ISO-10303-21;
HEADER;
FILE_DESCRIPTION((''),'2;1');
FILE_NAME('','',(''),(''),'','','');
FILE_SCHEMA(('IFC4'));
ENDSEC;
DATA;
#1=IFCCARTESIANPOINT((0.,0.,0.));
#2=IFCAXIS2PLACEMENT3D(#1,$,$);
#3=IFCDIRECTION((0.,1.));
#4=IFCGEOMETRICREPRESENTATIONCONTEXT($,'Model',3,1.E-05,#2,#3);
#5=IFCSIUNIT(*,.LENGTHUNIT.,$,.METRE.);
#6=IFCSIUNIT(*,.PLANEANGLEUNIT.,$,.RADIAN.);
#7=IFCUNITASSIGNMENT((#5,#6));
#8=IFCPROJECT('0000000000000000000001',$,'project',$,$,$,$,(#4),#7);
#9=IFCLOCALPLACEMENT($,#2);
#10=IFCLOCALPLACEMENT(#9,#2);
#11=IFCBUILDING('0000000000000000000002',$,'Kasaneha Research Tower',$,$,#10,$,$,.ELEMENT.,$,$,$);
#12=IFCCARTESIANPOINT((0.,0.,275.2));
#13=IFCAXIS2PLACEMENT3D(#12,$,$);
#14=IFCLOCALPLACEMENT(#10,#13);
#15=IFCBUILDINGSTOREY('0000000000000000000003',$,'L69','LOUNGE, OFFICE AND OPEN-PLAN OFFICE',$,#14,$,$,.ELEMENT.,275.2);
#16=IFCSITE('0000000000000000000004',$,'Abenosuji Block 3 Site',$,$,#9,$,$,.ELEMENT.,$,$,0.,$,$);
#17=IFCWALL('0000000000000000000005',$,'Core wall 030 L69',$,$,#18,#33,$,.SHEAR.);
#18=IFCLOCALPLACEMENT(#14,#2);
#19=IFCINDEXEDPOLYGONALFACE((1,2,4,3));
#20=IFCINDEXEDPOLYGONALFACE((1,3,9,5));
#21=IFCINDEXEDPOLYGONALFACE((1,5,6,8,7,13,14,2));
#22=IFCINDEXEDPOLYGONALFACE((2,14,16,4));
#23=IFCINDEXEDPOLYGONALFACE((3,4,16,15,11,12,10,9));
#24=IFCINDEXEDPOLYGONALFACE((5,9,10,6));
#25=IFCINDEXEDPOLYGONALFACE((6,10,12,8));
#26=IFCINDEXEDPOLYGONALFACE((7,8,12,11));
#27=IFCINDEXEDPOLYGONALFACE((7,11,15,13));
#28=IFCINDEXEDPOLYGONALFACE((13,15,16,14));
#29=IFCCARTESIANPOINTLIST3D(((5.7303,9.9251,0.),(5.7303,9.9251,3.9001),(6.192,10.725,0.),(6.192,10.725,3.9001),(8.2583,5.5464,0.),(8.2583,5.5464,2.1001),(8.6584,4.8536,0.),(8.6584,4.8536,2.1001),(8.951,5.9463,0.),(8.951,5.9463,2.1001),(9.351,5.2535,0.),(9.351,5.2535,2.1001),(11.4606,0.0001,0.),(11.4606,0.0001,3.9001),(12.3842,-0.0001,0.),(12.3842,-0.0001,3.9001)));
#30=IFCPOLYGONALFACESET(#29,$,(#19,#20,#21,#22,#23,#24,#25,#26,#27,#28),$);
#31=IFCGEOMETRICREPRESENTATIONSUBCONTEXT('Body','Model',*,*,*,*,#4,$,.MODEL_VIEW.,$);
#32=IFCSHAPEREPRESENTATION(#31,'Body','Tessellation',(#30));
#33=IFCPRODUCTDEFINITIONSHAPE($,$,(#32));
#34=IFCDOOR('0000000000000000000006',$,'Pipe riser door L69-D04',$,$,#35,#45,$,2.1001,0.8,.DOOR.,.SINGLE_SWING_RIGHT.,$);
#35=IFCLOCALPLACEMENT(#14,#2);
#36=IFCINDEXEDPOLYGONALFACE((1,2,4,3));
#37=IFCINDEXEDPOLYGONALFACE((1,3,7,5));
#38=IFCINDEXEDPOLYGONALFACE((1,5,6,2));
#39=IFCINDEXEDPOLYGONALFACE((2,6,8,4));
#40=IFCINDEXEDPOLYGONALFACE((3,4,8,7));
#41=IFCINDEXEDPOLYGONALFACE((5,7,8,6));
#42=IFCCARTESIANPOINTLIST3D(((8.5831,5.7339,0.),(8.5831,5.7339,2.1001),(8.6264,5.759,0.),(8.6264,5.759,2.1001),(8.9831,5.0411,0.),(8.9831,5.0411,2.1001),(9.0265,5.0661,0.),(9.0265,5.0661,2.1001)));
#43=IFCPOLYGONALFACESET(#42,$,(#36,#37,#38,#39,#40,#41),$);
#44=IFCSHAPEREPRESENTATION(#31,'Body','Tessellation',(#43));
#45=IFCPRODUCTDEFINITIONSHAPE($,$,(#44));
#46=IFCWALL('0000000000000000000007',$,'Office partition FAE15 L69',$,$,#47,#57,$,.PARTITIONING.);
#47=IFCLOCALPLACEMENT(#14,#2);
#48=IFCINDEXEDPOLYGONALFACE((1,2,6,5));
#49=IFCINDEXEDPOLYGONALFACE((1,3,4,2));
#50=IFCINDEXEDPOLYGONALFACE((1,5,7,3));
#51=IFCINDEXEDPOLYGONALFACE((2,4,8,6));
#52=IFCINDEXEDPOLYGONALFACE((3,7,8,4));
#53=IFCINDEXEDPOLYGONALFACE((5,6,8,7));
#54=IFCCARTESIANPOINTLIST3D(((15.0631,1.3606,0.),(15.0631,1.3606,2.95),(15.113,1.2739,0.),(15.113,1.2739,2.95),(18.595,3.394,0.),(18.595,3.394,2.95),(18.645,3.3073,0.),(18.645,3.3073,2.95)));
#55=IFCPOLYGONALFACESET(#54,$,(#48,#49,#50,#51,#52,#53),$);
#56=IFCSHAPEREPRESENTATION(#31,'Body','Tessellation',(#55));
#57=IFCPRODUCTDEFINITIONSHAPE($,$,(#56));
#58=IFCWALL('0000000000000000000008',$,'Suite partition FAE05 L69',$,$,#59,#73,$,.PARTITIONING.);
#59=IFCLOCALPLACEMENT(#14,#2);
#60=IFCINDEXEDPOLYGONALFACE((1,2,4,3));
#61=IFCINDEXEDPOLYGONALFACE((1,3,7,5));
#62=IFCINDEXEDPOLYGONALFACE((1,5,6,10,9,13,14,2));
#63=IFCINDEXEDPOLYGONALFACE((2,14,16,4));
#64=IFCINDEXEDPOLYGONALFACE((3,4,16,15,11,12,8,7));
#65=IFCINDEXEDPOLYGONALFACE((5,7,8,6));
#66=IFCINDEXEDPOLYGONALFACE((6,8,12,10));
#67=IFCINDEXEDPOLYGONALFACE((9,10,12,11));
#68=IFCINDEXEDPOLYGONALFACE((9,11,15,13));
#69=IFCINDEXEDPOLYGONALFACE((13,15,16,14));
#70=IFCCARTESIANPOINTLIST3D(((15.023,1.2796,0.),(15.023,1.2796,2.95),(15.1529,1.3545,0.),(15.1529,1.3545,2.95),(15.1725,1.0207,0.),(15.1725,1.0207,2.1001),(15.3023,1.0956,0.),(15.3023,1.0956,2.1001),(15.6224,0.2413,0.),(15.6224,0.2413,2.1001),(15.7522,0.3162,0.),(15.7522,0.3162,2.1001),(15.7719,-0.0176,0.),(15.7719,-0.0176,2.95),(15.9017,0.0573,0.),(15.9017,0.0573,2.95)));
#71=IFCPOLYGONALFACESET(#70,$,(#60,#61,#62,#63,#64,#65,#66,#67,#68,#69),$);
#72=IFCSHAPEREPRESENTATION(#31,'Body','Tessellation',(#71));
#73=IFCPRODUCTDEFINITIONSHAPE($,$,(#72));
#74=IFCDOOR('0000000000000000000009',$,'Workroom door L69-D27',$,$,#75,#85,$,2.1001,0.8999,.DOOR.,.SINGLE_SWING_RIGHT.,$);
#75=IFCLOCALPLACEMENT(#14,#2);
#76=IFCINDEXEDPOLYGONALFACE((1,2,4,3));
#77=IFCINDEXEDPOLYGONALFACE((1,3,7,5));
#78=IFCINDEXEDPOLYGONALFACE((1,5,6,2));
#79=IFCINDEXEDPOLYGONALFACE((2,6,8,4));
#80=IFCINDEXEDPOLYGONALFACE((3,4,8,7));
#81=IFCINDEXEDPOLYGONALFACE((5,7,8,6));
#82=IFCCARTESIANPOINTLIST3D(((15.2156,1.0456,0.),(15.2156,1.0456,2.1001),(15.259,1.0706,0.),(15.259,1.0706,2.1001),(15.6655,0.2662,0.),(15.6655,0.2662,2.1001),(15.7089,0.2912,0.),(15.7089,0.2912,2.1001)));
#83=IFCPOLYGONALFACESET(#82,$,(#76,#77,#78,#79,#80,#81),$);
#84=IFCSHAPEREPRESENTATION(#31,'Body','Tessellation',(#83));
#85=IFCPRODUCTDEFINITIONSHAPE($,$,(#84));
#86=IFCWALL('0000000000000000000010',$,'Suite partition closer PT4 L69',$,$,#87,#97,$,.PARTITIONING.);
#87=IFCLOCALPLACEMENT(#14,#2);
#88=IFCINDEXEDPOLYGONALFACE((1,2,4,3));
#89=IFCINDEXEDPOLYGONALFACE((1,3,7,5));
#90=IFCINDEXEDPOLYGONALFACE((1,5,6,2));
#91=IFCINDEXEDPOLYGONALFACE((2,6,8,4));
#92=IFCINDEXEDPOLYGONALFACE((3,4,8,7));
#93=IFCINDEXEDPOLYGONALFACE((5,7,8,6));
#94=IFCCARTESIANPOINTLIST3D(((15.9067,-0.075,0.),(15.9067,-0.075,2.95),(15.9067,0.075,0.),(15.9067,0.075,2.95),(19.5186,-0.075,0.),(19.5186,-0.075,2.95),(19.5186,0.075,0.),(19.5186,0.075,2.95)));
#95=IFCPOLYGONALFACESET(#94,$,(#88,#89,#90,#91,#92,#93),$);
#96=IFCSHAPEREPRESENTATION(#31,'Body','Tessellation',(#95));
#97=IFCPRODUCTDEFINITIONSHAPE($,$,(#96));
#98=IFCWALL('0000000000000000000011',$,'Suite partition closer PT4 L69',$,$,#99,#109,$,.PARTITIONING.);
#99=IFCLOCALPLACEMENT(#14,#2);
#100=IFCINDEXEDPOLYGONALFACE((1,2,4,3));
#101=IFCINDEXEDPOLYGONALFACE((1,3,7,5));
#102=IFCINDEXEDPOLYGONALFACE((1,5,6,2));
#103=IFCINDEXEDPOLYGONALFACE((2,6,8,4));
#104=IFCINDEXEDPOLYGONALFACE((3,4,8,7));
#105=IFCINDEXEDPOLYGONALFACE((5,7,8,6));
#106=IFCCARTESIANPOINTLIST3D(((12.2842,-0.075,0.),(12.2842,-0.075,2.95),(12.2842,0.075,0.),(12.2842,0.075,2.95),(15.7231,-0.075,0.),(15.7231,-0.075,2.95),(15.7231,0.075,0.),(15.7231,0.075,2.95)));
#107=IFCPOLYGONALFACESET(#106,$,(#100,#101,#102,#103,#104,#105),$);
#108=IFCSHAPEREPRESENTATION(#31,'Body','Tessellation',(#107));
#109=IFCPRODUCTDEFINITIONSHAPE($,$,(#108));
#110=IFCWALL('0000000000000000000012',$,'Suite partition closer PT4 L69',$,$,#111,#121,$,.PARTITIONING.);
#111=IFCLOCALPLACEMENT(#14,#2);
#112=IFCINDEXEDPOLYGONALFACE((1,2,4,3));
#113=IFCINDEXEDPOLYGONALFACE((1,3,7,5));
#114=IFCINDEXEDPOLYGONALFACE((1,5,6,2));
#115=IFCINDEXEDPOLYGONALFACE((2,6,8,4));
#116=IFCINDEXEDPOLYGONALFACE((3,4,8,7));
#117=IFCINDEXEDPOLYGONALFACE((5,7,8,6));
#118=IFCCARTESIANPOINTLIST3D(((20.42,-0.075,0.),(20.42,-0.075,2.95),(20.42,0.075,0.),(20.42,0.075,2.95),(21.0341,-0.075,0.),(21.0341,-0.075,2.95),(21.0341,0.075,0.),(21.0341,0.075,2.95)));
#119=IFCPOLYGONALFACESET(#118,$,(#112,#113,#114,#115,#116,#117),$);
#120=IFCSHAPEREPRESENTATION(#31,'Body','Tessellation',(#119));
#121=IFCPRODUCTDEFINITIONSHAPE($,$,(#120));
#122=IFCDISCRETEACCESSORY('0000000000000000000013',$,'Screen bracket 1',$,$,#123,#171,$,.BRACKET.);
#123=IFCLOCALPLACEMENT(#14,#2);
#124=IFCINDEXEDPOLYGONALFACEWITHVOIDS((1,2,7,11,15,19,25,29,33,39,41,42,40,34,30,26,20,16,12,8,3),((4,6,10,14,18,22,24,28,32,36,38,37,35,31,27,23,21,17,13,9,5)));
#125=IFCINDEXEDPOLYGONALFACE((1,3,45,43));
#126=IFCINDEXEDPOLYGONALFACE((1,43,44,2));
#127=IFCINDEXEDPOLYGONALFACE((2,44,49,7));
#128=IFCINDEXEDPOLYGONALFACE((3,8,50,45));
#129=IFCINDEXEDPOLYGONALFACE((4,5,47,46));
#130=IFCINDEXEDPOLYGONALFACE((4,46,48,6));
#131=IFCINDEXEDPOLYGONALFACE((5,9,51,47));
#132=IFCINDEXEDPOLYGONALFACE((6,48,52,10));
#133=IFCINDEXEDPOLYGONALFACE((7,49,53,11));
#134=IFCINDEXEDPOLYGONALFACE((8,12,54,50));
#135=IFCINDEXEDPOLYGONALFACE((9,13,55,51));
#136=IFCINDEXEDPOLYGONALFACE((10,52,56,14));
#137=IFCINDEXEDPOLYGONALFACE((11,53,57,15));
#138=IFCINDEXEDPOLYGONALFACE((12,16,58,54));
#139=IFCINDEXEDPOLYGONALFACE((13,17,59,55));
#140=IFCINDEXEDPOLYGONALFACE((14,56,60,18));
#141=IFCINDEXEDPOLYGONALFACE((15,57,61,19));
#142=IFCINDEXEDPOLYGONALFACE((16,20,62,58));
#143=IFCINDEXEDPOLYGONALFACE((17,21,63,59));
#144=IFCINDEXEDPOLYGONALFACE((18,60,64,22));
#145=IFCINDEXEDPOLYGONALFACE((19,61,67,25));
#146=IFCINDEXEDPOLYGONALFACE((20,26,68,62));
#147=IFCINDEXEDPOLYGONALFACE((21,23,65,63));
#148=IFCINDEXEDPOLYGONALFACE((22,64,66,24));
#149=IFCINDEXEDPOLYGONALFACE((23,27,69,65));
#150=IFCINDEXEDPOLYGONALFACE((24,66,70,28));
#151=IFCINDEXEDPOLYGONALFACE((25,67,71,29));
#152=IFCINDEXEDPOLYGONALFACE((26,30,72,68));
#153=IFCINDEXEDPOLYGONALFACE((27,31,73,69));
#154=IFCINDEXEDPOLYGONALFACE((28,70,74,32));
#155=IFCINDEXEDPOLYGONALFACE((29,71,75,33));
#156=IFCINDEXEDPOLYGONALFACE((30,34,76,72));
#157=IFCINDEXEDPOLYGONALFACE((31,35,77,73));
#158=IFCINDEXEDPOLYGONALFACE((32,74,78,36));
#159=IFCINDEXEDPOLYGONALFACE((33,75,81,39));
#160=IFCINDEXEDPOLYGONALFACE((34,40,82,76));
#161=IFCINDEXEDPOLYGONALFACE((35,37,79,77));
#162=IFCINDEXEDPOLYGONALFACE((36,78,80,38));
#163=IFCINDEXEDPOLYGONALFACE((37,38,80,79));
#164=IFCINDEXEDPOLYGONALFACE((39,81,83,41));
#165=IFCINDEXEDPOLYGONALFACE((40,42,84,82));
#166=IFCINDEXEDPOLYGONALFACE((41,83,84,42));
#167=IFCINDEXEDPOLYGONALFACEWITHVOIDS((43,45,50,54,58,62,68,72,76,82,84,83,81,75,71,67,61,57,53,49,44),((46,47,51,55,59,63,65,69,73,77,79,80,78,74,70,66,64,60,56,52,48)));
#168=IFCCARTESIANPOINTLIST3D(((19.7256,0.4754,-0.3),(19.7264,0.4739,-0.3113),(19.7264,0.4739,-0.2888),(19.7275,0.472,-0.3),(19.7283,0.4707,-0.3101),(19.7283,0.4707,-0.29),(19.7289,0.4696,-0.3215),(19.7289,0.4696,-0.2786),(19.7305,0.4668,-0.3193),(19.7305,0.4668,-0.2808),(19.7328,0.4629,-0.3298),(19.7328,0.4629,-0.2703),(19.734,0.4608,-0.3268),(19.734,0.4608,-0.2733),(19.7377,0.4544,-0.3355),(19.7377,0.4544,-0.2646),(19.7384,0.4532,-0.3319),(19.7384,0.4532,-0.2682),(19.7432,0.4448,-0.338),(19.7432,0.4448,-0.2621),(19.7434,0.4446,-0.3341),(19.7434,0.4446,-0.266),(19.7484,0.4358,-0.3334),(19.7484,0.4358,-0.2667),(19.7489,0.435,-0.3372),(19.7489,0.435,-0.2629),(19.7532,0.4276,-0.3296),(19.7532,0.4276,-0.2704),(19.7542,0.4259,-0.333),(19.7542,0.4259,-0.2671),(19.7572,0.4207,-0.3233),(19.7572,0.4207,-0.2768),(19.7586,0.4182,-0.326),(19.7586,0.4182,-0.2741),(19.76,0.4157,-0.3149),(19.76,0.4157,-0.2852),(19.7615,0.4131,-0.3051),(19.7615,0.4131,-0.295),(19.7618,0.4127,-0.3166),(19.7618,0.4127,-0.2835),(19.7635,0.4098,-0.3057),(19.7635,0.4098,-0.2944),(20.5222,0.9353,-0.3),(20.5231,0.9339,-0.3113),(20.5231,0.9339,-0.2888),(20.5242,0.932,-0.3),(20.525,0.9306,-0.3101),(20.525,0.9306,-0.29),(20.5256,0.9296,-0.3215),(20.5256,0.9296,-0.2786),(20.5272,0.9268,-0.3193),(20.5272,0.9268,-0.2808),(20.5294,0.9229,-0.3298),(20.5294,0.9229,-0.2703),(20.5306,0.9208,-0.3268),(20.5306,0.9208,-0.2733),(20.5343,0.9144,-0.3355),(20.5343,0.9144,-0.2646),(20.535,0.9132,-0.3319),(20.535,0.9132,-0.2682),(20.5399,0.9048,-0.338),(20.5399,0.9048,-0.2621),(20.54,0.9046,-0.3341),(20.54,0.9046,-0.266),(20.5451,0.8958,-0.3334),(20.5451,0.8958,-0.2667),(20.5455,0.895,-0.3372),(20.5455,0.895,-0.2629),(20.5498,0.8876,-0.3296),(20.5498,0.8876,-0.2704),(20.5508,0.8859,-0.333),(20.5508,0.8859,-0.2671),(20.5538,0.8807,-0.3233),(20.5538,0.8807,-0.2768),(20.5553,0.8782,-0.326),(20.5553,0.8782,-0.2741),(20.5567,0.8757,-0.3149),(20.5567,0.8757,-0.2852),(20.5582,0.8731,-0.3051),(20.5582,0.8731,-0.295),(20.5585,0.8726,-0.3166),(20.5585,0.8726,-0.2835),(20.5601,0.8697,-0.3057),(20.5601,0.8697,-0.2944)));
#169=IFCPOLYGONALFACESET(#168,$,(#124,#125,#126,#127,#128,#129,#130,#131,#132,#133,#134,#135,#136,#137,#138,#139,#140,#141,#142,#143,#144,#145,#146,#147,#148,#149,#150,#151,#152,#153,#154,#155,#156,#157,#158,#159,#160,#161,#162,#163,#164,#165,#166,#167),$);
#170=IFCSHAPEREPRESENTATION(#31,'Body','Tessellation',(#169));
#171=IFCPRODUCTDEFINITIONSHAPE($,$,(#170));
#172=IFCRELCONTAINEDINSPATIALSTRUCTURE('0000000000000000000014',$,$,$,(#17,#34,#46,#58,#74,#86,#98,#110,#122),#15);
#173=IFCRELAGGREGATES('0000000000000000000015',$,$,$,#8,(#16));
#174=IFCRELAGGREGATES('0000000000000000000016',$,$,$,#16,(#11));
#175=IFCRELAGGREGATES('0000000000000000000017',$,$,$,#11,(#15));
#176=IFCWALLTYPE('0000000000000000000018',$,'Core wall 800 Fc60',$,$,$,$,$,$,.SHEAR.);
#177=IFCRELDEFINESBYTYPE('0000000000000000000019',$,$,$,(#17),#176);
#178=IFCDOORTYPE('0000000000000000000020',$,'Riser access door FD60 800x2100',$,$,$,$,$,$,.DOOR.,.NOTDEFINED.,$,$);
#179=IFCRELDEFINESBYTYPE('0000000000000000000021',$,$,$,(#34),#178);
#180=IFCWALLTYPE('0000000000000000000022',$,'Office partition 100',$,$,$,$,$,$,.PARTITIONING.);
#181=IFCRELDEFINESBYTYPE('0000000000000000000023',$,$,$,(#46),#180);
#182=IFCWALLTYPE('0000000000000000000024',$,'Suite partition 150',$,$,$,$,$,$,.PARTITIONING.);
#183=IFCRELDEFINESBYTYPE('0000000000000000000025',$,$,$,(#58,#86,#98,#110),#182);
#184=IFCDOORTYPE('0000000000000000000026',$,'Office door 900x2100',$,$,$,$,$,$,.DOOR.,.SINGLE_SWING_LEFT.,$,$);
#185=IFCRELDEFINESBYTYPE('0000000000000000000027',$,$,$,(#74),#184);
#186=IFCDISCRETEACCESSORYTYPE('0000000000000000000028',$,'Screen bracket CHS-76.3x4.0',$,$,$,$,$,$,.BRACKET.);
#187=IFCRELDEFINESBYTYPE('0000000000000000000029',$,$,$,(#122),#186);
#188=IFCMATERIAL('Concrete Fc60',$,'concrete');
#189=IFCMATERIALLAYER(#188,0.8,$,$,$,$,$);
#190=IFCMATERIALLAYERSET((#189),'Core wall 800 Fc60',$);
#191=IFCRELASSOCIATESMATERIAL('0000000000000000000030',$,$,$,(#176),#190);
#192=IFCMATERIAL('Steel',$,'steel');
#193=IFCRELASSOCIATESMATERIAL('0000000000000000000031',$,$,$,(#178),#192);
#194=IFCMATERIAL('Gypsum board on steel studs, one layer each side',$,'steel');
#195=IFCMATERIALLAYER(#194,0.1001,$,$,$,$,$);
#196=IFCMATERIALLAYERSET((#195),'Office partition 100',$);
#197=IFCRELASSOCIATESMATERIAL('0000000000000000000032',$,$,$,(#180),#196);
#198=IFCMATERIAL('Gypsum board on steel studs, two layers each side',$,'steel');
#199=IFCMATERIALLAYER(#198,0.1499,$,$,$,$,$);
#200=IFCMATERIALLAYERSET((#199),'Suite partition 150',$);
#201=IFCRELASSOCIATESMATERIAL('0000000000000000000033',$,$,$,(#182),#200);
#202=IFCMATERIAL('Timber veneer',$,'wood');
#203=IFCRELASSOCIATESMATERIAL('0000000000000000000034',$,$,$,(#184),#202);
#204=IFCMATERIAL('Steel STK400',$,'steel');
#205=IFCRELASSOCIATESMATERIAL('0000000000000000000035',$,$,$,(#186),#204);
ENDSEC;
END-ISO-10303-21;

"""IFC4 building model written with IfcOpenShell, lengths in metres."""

from ifc_helpers import new_model, si_unit, direction, frame, frame_2d, origin, origin_2d, place, context, subcontext, project, spatial, polyline, rectangle, hollow_circle, outline, extrude, material, layer, layer_set, material_profile, profile_set, type_object, element, fill, save


model = new_model("IFC4")

# Units and contexts
model_context = context("Model", 3, precision=1e-05, world=origin(), true_north=direction((0.0, 1.0)))
body_context = subcontext(model_context, "Body", "Model", "MODEL_VIEW")
ifc_project = project(units=[si_unit("LENGTHUNIT", "METRE"), si_unit("PLANEANGLEUNIT", "RADIAN")], contexts=[model_context])

# Site, building, storey
site_placement = place(None, origin())
site = spatial("IfcSite", under=ifc_project, at=site_placement, Name="Abenosuji Block 3 Site", CompositionType="ELEMENT", RefElevation=0.0)
building_placement = place(site_placement, origin())
building = spatial("IfcBuilding", under=site, at=building_placement, Name="Kasaneha Research Tower", CompositionType="ELEMENT")
storey_placement = place(building_placement, frame((0.0, 0.0, 275.2)))
storey = spatial("IfcBuildingStorey", under=building, at=storey_placement, Name="L69", Description="LOUNGE, OFFICE AND OPEN-PLAN OFFICE", CompositionType="ELEMENT", Elevation=275.2)

# Wall, opening, door
ifc_material_1 = material(Name="Concrete Fc60", Category="concrete")
ifc_layer_1 = layer(ifc_material_1, 0.8)
ifc_layer_set_1 = layer_set([ifc_layer_1], Name="Core wall 800 Fc60")
wall_type_1 = type_object("IfcWallType", Name="Core wall 800 Fc60", PredefinedType="SHEAR", material=ifc_layer_set_1)
wall_1_placement = place(storey_placement, frame((11.9224, 0.0, 0.0), z_axis=(0.0, 0.0, 1.0), x_axis=(-0.500004, 0.866023, 0.0)))
wall_1 = element("IfcWall", 1, at=wall_1_placement, inside=storey, type_object=wall_type_1, Name="Core wall 030 L69", PredefinedType="SHEAR", context=body_context, shape_type="SweptSolid", body=[
    extrude(outline(polyline([(-0.231, -0.3999), (5.8354, -0.3999), (6.6355, -0.3999), (12.1533, -0.3999), (11.6914, 0.3999), (6.6355, 0.3999), (5.8354, 0.3999), (0.231, 0.3999), (-0.231, -0.3999)])), origin(), (0.0, 0.0, 1.0), 3.9001),
])
opening_1_placement = place(wall_1_placement, frame((5.8354, 0.0, 0.0)))
opening_1 = element("IfcOpeningElement", 2, at=opening_1_placement, cuts=wall_1, PredefinedType="OPENING", context=body_context, shape_type="SweptSolid", body=[
    extrude(rectangle(XDim=0.8, YDim=2.1001, at=frame_2d((0.3999, 1.05))), frame((0.0, 0.4102, 0.0), z_axis=(0.0, -1.0, 0.0), x_axis=(1.0, 0.0, 0.0)), (0.0, 0.0, 1.0), 0.8201),
])
ifc_material_2 = material(Name="Steel", Category="steel")
door_type_1 = type_object("IfcDoorType", Name="Riser access door FD60 800x2100", OperationType="NOTDEFINED", PredefinedType="DOOR", material=ifc_material_2)
door_1_placement = place(opening_1_placement, origin())
door_1 = element("IfcDoor", 3, at=door_1_placement, inside=storey, type_object=door_type_1, Name="Pipe riser door L69-D04", OperationType="SINGLE_SWING_RIGHT", OverallHeight=2.1001, OverallWidth=0.8, PredefinedType="DOOR", context=body_context, shape_type="SweptSolid", body=[
    extrude(rectangle(XDim=0.8, YDim=2.1001, at=frame_2d((0.3999, 1.05))), frame((0.0, 0.0249, 0.0), z_axis=(0.0, -1.0, 0.0), x_axis=(1.0, 0.0, 0.0)), (0.0, 0.0, 1.0), 0.05),
])
fill(opening_1, door_1)

# Wall
ifc_material_3 = material(Name="Gypsum board on steel studs, one layer each side", Category="steel")
ifc_layer_2 = layer(ifc_material_3, 0.1001)
ifc_layer_set_2 = layer_set([ifc_layer_2], Name="Office partition 100")
wall_type_2 = type_object("IfcWallType", Name="Office partition 100", PredefinedType="PARTITIONING", material=ifc_layer_set_2)
wall_2_placement = place(storey_placement, frame((18.6199, 3.3506, 0.0), z_axis=(0.0, 0.0, 1.0), x_axis=(-0.866635, -0.498943, 0.0)))
element("IfcWall", 4, at=wall_2_placement, inside=storey, type_object=wall_type_2, Name="Office partition FAE15 L69", PredefinedType="PARTITIONING", context=body_context, shape_type="SweptSolid", body=[
    extrude(rectangle(XDim=4.0754, YDim=0.1001, at=frame_2d((2.0376, 0.0))), origin(), (0.0, 0.0, 1.0), 2.95),
])

# Wall, opening, door
ifc_material_4 = material(Name="Gypsum board on steel studs, two layers each side", Category="steel")
ifc_layer_3 = layer(ifc_material_4, 0.1499)
ifc_layer_set_3 = layer_set([ifc_layer_3], Name="Suite partition 150")
wall_type_3 = type_object("IfcWallType", Name="Suite partition 150", PredefinedType="PARTITIONING", material=ifc_layer_set_3)
wall_3_placement = place(storey_placement, frame((15.0879, 1.3171, 0.0), z_axis=(0.0, 0.0, 1.0), x_axis=(0.499944, -0.866058, 0.0)))
wall_3 = element("IfcWall", 5, at=wall_3_placement, inside=storey, type_object=wall_type_3, Name="Suite partition FAE05 L69", PredefinedType="PARTITIONING", context=body_context, shape_type="SweptSolid", body=[
    extrude(rectangle(XDim=1.4978, YDim=0.1499, at=frame_2d((0.749, 0.0))), origin(), (0.0, 0.0, 1.0), 2.95),
])
opening_2_placement = place(wall_3_placement, frame((0.2991, 0.0, 0.0)))
opening_2 = element("IfcOpeningElement", 6, at=opening_2_placement, cuts=wall_3, PredefinedType="OPENING", context=body_context, shape_type="SweptSolid", body=[
    extrude(rectangle(XDim=0.8999, YDim=2.1001, at=frame_2d((0.45, 1.05))), frame((0.0, 0.085, 0.0), z_axis=(0.0, -1.0, 0.0), x_axis=(1.0, 0.0, 0.0)), (0.0, 0.0, 1.0), 0.1699),
])
ifc_material_5 = material(Name="Timber veneer", Category="wood")
door_type_2 = type_object("IfcDoorType", Name="Office door 900x2100", OperationType="SINGLE_SWING_LEFT", PredefinedType="DOOR", material=ifc_material_5)
door_2_placement = place(opening_2_placement, origin())
door_2 = element("IfcDoor", 7, at=door_2_placement, inside=storey, type_object=door_type_2, Name="Workroom door L69-D27", OperationType="SINGLE_SWING_RIGHT", OverallHeight=2.1001, OverallWidth=0.8999, PredefinedType="DOOR", context=body_context, shape_type="SweptSolid", body=[
    extrude(rectangle(XDim=0.8999, YDim=2.1001, at=frame_2d((0.45, 1.05))), frame((0.0, 0.0249, 0.0), z_axis=(0.0, -1.0, 0.0), x_axis=(1.0, 0.0, 0.0)), (0.0, 0.0, 1.0), 0.05),
])
fill(opening_2, door_2)

# Walls
wall_4_placement = place(storey_placement, frame((19.5186, 0.0, 0.0), z_axis=(0.0, 0.0, 1.0), x_axis=(-1.0, 0.0, 0.0)))
element("IfcWall", 8, at=wall_4_placement, inside=storey, type_object=wall_type_3, Name="Suite partition closer PT4 L69", PredefinedType="PARTITIONING", context=body_context, shape_type="SweptSolid", body=[
    extrude(rectangle(XDim=3.6118, YDim=0.1499, at=frame_2d((1.8059, 0.0))), origin(), (0.0, 0.0, 1.0), 2.95),
])
wall_5_placement = place(storey_placement, frame((12.2842, 0.0, 0.0), z_axis=(0.0, 0.0, 1.0), x_axis=(1.0, 0.0, 0.0)))
element("IfcWall", 9, at=wall_5_placement, inside=storey, type_object=wall_type_3, Name="Suite partition closer PT4 L69", PredefinedType="PARTITIONING", context=body_context, shape_type="SweptSolid", body=[
    extrude(rectangle(XDim=3.439, YDim=0.1499, at=frame_2d((1.7195, 0.0))), origin(), (0.0, 0.0, 1.0), 2.95),
])
wall_6_placement = place(storey_placement, frame((20.4199, 0.0, 0.0), z_axis=(0.0, 0.0, 1.0), x_axis=(1.0, 0.0, 0.0)))
element("IfcWall", 10, at=wall_6_placement, inside=storey, type_object=wall_type_3, Name="Suite partition closer PT4 L69", PredefinedType="PARTITIONING", context=body_context, shape_type="SweptSolid", body=[
    extrude(rectangle(XDim=0.614, YDim=0.1499, at=frame_2d((0.3071, 0.0))), origin(), (0.0, 0.0, 1.0), 2.95),
])

# Discrete accessory
ifc_material_6 = material(Name="Steel STK400", Category="steel")
ifc_material_profile_1 = material_profile(ifc_material_6, hollow_circle(Radius=0.0381, WallThickness=0.0039, at=origin_2d()), Name="CHS-76.3x4.0")
ifc_profile_set_1 = profile_set([ifc_material_profile_1], Name="Steel STK400")
discrete_accessory_type = type_object("IfcDiscreteAccessoryType", Name="Screen bracket CHS-76.3x4.0", PredefinedType="BRACKET", material=ifc_profile_set_1)
for number, where, z_axis, x_axis, name in (
    (11, (19.7446, 0.4424, -0.3), (0.866013, 0.500021, 0.0), (-0.500021, 0.866013, 0.0), "Screen bracket 1"),
):
    element("IfcDiscreteAccessory", number, at=place(storey_placement, frame(where, z_axis=z_axis, x_axis=x_axis)), inside=storey, type_object=discrete_accessory_type, Name=name, PredefinedType="BRACKET", context=body_context, shape_type="SweptSolid", body=[
        extrude(hollow_circle(Radius=0.0381, WallThickness=0.0039, at=origin_2d()), origin(), (0.0, 0.0, 1.0), 0.9199),
    ])

save(model, "model.ifc")
